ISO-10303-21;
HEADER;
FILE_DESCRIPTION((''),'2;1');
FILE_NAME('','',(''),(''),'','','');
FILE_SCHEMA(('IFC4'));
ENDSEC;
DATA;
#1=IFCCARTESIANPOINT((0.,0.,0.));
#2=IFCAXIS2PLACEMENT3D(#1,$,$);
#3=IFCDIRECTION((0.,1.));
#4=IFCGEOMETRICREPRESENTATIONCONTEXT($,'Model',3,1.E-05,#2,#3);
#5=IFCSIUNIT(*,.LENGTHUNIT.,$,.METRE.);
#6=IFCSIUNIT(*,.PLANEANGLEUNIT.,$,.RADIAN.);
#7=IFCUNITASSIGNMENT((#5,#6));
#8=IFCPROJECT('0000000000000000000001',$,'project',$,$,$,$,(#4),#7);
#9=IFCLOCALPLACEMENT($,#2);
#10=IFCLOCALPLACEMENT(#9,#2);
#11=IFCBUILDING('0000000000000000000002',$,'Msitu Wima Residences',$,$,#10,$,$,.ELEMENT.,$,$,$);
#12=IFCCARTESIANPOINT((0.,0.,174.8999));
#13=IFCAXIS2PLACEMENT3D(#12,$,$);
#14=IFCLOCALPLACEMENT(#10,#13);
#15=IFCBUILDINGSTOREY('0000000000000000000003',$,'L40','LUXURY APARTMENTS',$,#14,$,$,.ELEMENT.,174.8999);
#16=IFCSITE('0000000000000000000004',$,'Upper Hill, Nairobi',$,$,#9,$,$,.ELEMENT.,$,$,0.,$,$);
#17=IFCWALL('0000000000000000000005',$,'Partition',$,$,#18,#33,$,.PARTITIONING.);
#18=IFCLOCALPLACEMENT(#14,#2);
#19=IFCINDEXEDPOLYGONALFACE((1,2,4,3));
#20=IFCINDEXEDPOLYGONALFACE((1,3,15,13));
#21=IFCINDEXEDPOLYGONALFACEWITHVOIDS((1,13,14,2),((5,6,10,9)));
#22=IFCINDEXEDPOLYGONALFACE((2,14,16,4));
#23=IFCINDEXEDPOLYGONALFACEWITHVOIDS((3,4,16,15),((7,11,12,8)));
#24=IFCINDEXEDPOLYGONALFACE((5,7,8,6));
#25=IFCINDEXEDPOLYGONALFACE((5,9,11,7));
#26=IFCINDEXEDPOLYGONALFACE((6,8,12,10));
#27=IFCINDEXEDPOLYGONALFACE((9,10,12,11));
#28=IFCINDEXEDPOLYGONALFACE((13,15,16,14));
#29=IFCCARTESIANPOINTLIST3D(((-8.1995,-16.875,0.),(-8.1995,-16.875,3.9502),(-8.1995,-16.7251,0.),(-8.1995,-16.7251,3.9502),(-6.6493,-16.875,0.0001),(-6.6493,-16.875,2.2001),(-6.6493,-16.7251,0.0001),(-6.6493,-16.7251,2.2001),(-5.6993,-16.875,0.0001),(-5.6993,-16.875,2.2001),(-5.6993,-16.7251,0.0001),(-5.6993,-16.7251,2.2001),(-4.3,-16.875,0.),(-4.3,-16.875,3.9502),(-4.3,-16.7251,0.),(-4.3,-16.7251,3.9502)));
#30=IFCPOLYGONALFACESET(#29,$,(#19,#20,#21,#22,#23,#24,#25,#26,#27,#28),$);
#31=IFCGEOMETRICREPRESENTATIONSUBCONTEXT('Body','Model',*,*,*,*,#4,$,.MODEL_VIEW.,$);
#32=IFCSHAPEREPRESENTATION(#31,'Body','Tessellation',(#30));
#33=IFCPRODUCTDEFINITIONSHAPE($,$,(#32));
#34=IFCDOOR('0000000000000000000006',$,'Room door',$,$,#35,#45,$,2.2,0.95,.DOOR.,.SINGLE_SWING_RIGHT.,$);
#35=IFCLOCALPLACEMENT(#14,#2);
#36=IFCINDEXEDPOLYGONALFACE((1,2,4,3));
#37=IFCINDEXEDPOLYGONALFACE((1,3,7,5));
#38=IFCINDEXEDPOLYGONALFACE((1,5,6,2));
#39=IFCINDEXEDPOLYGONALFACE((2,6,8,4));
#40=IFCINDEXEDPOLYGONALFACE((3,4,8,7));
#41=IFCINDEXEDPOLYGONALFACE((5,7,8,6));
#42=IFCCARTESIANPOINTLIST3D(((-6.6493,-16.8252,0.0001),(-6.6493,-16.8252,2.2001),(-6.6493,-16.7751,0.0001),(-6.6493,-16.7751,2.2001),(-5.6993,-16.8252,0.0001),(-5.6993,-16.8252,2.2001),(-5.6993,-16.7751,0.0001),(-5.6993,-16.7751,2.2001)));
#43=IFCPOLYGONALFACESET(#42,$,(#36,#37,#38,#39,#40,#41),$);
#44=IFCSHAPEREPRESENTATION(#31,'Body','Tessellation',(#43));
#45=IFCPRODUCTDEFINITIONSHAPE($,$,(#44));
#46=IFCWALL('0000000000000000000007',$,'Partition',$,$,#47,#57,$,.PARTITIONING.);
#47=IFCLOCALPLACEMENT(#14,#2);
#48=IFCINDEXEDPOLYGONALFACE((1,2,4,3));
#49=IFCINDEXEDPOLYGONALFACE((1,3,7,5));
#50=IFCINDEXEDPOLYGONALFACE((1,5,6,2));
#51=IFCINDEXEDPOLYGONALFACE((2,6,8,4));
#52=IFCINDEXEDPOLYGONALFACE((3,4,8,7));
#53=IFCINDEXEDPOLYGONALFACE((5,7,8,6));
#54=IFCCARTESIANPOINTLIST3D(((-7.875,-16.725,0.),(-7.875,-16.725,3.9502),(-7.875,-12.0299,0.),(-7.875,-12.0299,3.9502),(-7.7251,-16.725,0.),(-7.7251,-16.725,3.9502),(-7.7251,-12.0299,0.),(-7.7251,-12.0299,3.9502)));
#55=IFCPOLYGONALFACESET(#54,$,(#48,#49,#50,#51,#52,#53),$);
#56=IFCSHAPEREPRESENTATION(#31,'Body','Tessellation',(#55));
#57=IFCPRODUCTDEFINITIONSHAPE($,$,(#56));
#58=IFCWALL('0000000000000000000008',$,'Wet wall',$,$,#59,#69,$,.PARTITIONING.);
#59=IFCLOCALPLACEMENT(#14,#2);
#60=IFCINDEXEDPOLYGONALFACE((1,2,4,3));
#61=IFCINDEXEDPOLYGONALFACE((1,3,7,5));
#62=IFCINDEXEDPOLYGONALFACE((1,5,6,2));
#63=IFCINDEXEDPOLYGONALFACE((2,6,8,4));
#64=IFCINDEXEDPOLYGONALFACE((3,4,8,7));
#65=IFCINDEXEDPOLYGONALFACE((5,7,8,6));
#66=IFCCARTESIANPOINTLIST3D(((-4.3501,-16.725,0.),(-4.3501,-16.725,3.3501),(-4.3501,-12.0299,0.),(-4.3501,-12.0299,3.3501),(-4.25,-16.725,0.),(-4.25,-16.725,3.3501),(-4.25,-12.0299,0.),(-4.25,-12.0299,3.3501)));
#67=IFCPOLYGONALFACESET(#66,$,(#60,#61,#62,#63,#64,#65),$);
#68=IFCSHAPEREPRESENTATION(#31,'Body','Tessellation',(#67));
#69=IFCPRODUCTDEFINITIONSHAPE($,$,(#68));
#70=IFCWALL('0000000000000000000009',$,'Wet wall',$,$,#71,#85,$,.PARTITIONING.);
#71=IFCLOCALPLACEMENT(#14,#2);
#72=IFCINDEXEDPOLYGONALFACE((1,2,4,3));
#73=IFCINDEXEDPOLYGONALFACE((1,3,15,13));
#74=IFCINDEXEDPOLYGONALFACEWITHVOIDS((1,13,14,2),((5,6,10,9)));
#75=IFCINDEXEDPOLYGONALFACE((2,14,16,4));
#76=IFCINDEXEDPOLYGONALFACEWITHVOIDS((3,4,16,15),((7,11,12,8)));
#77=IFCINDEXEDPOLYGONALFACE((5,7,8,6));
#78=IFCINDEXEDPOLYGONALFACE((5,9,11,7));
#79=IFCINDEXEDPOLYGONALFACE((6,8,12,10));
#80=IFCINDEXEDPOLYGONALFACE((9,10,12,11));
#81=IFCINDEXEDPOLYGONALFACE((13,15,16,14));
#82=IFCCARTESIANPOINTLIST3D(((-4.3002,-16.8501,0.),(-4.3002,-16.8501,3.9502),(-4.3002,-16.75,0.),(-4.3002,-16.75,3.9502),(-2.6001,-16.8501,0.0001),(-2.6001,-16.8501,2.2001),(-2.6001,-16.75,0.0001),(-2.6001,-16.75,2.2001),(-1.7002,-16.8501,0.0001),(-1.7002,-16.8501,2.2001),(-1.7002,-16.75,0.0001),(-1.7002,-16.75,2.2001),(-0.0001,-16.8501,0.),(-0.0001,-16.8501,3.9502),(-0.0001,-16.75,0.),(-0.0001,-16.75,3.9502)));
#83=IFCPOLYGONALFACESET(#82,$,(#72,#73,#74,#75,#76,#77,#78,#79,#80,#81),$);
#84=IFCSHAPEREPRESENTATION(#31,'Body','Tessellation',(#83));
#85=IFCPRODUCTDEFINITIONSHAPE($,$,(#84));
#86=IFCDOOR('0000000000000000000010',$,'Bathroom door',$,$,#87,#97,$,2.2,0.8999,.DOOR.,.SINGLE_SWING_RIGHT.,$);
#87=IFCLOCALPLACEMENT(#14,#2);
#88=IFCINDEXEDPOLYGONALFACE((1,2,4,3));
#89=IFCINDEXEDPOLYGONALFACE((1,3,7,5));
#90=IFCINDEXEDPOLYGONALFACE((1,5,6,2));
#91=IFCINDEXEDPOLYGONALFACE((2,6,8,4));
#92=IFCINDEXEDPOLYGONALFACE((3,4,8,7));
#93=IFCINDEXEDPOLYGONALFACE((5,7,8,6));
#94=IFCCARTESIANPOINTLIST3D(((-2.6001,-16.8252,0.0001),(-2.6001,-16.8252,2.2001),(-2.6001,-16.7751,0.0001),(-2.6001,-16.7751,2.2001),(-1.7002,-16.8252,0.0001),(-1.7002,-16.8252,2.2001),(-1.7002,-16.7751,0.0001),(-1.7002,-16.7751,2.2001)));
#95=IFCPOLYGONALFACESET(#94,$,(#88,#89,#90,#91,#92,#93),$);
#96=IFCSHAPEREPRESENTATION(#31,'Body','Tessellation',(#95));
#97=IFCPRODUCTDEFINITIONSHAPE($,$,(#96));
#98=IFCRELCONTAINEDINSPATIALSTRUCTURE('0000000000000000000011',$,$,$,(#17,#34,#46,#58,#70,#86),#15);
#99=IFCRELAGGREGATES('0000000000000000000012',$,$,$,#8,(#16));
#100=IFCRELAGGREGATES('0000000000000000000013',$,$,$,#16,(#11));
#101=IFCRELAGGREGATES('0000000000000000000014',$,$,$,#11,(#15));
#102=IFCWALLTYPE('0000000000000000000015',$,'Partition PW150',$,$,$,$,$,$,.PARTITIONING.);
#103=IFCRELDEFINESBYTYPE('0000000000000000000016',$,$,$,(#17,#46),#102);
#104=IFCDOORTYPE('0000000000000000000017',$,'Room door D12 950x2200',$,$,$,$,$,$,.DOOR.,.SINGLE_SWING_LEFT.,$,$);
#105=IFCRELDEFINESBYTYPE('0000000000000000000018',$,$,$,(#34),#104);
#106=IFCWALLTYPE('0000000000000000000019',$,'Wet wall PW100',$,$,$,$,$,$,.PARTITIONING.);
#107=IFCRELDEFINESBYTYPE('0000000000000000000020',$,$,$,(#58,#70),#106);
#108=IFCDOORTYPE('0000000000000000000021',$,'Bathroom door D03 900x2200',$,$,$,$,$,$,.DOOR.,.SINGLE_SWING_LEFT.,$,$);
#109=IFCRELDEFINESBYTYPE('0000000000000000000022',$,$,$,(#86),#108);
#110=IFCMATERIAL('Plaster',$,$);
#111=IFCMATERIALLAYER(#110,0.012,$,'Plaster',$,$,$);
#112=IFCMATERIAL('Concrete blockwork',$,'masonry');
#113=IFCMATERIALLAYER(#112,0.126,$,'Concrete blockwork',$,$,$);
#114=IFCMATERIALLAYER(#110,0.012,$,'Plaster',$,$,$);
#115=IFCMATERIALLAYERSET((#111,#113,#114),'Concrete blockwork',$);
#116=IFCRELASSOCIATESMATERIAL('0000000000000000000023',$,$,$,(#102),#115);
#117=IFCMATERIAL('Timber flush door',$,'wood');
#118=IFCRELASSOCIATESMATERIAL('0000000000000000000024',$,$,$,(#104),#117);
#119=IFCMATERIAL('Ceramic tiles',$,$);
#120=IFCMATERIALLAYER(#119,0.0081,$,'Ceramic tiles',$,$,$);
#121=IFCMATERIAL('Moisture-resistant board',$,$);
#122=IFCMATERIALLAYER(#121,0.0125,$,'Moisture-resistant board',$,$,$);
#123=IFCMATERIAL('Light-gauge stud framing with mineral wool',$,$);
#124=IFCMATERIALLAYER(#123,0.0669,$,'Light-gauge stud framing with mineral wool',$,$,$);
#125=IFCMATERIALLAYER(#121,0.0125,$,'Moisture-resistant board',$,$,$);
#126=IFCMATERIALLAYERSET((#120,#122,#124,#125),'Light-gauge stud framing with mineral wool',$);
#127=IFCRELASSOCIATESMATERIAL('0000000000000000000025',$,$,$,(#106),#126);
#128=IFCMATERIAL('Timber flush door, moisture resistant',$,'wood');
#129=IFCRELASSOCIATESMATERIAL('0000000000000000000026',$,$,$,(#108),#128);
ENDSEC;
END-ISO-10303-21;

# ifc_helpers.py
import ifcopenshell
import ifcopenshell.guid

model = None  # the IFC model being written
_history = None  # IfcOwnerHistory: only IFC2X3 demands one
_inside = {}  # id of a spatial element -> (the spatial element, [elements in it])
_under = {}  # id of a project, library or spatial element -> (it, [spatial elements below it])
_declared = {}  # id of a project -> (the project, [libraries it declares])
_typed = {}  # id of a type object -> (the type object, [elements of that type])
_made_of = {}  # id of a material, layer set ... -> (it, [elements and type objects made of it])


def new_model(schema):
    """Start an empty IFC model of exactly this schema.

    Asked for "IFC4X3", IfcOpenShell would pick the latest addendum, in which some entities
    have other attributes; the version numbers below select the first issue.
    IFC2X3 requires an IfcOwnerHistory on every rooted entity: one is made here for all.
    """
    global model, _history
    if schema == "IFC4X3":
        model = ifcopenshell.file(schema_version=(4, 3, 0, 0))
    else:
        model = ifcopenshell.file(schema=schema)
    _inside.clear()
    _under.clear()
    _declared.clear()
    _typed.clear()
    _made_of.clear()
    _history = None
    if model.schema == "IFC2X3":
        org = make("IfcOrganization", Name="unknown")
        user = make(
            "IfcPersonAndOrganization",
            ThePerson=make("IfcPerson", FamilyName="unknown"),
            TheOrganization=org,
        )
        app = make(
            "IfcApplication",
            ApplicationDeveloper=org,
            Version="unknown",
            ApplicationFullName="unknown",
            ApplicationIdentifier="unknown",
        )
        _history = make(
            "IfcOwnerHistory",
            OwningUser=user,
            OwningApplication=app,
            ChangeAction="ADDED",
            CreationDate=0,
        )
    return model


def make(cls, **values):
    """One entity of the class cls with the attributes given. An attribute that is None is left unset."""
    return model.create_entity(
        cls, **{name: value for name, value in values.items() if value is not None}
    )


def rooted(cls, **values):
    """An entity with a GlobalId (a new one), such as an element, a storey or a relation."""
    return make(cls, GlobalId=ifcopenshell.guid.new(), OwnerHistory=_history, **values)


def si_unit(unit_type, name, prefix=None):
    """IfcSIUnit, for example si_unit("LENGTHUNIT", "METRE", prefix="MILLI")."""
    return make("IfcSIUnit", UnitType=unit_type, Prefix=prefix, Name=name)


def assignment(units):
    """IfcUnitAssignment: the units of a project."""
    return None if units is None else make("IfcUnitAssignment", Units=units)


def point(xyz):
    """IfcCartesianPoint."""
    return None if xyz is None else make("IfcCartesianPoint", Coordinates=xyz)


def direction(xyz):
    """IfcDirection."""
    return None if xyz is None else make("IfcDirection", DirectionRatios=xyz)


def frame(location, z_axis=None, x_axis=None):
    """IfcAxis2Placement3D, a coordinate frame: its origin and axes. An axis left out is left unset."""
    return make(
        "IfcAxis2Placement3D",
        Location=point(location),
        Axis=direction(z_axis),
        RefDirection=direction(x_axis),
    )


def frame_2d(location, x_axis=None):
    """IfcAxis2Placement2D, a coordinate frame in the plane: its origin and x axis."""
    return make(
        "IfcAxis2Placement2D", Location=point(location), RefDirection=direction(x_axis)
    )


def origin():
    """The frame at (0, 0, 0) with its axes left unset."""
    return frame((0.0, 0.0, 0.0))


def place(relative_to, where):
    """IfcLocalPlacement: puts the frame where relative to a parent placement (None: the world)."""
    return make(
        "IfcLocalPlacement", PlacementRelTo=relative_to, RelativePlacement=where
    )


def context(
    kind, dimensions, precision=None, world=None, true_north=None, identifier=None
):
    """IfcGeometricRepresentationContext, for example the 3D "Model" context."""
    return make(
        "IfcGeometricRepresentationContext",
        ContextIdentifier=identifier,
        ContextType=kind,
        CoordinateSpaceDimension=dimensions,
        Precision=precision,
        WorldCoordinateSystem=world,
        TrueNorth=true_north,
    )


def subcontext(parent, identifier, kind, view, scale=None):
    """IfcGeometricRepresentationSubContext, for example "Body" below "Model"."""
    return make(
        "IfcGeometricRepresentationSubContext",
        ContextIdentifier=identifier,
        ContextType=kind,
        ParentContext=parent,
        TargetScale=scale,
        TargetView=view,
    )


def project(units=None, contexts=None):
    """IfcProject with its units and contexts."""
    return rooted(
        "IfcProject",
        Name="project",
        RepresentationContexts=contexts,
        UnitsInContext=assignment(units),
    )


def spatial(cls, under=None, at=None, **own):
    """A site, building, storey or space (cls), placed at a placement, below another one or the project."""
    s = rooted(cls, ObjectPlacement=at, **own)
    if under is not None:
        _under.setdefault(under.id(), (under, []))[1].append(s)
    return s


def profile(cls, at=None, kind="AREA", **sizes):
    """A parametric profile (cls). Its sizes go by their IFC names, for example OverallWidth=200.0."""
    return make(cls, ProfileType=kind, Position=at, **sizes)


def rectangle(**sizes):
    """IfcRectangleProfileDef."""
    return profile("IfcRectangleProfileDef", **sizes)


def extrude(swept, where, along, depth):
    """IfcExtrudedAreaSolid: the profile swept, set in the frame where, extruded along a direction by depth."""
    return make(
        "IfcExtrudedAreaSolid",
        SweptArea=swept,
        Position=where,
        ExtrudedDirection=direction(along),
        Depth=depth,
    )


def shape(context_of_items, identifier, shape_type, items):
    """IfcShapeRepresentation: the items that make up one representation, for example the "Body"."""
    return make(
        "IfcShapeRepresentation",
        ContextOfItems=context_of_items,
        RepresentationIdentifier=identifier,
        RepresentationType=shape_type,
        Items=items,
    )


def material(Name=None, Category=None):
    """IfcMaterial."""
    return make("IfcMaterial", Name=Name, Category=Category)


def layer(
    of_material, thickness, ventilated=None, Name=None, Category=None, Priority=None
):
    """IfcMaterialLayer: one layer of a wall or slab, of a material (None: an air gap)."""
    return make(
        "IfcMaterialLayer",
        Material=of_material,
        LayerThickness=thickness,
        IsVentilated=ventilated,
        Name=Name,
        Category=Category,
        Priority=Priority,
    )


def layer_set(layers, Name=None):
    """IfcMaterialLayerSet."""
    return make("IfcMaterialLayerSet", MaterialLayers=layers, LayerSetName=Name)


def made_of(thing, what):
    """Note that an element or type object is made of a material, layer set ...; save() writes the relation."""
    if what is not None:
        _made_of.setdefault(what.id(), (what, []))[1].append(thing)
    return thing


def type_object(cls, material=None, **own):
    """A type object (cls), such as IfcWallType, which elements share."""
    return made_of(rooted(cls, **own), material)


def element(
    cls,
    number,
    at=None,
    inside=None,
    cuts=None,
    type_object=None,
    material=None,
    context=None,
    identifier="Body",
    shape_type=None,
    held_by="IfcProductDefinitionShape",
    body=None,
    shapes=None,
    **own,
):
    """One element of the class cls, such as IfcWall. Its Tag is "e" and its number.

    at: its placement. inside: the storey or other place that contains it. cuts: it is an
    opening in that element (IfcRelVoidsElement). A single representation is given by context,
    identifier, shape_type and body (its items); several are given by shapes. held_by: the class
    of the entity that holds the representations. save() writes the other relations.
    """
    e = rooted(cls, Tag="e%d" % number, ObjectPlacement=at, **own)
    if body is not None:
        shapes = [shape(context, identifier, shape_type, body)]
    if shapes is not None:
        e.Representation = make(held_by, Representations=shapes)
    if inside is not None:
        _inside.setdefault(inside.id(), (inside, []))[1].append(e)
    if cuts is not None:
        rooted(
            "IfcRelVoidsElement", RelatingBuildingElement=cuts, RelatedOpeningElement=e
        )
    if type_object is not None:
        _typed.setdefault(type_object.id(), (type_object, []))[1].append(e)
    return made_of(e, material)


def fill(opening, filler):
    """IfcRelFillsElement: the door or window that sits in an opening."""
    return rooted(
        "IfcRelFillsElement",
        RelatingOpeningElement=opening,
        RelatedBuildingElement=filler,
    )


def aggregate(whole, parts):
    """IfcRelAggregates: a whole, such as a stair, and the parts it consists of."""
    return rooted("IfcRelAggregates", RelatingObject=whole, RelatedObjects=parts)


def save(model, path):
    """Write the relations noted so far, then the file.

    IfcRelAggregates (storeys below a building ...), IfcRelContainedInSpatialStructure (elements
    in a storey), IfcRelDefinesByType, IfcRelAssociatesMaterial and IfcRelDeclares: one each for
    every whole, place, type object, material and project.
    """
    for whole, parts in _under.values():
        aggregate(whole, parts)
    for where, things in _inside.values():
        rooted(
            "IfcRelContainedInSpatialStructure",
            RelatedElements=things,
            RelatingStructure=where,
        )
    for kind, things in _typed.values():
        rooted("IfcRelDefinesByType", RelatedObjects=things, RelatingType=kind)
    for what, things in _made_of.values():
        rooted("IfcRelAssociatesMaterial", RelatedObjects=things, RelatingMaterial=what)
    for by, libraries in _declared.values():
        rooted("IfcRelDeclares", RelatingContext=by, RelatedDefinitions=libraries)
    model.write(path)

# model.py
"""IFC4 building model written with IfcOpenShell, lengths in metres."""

from ifc_helpers import new_model, si_unit, direction, frame, frame_2d, origin, place, context, subcontext, project, spatial, rectangle, extrude, material, layer, layer_set, type_object, element, fill, save


model = new_model("IFC4")

# Units and contexts
model_context = context("Model", 3, precision=1e-05, world=origin(), true_north=direction((0.0, 1.0)))
body_context = subcontext(model_context, "Body", "Model", "MODEL_VIEW")
ifc_project = project(units=[si_unit("LENGTHUNIT", "METRE"), si_unit("PLANEANGLEUNIT", "RADIAN")], contexts=[model_context])

# Site, building, storey
site_placement = place(None, origin())
site = spatial("IfcSite", under=ifc_project, at=site_placement, Name="Upper Hill, Nairobi", CompositionType="ELEMENT", RefElevation=0.0)
building_placement = place(site_placement, origin())
building = spatial("IfcBuilding", under=site, at=building_placement, Name="Msitu Wima Residences", CompositionType="ELEMENT")
storey_placement = place(building_placement, frame((0.0, 0.0, 174.8999)))
storey = spatial("IfcBuildingStorey", under=building, at=storey_placement, Name="L40", Description="LUXURY APARTMENTS", CompositionType="ELEMENT", Elevation=174.8999)

# Shared definitions
ifc_material_1 = material(Name="Plaster")
ifc_layer_1 = layer(ifc_material_1, 0.012, Name="Plaster")
ifc_material_2 = material(Name="Concrete blockwork", Category="masonry")
ifc_layer_2 = layer(ifc_material_2, 0.126, Name="Concrete blockwork")
ifc_layer_3 = layer(ifc_material_1, 0.012, Name="Plaster")
ifc_layer_set_1 = layer_set([ifc_layer_1, ifc_layer_2, ifc_layer_3], Name="Concrete blockwork")
wall_type_1 = type_object("IfcWallType", Name="Partition PW150", PredefinedType="PARTITIONING", material=ifc_layer_set_1)

# Wall, opening, door
ifc_material_3 = material(Name="Timber flush door", Category="wood")
door_type_1 = type_object("IfcDoorType", Name="Room door D12 950x2200", OperationType="SINGLE_SWING_LEFT", PredefinedType="DOOR", material=ifc_material_3)
wall_1_placement = place(storey_placement, frame((-8.1995, -16.8, 0.0), z_axis=(0.0, 0.0, 1.0), x_axis=(1.0, 0.0, 0.0)))
wall_1 = element("IfcWall", 1, at=wall_1_placement, inside=storey, type_object=wall_type_1, Name="Partition", PredefinedType="PARTITIONING", context=body_context, shape_type="SweptSolid", body=[
    extrude(rectangle(XDim=3.8994, YDim=0.1499, at=frame_2d((1.9497, 0.0))), origin(), (0.0, 0.0, 1.0), 3.9502),
])
opening_1_placement = place(wall_1_placement, frame((1.55, 0.0, 0.0)))
opening_1 = element("IfcOpeningElement", 2, at=opening_1_placement, cuts=wall_1, PredefinedType="OPENING", context=body_context, shape_type="SweptSolid", body=[
    extrude(rectangle(XDim=0.95, YDim=2.2, at=frame_2d((0.4751, 1.1001))), frame((0.0, 0.085, 0.0), z_axis=(0.0, -1.0, 0.0), x_axis=(1.0, 0.0, 0.0)), (0.0, 0.0, 1.0), 0.1699),
])
door_1_placement = place(opening_1_placement, origin())
door_1 = element("IfcDoor", 3, at=door_1_placement, inside=storey, type_object=door_type_1, Name="Room door", OperationType="SINGLE_SWING_RIGHT", OverallHeight=2.2, OverallWidth=0.95, PredefinedType="DOOR", context=body_context, shape_type="SweptSolid", body=[
    extrude(rectangle(XDim=0.95, YDim=2.2, at=frame_2d((0.4751, 1.1001))), frame((0.0, 0.0249, 0.0), z_axis=(0.0, -1.0, 0.0), x_axis=(1.0, 0.0, 0.0)), (0.0, 0.0, 1.0), 0.05),
])
fill(opening_1, door_1)

# Walls
wall_2_placement = place(storey_placement, frame((-7.8, -16.7251, 0.0), z_axis=(0.0, 0.0, 1.0), x_axis=(0.0, 1.0, 0.0)))
element("IfcWall", 4, at=wall_2_placement, inside=storey, type_object=wall_type_1, Name="Partition", PredefinedType="PARTITIONING", context=body_context, shape_type="SweptSolid", body=[
    extrude(rectangle(XDim=4.6951, YDim=0.1499, at=frame_2d((2.3477, 0.0))), origin(), (0.0, 0.0, 1.0), 3.9502),
])
ifc_material_4 = material(Name="Ceramic tiles")
ifc_layer_4 = layer(ifc_material_4, 0.0081, Name="Ceramic tiles")
ifc_material_5 = material(Name="Moisture-resistant board")
ifc_layer_5 = layer(ifc_material_5, 0.0125, Name="Moisture-resistant board")
ifc_material_6 = material(Name="Light-gauge stud framing with mineral wool")
ifc_layer_6 = layer(ifc_material_6, 0.0669, Name="Light-gauge stud framing with mineral wool")
ifc_layer_7 = layer(ifc_material_5, 0.0125, Name="Moisture-resistant board")
ifc_layer_set_2 = layer_set([ifc_layer_4, ifc_layer_5, ifc_layer_6, ifc_layer_7], Name="Light-gauge stud framing with mineral wool")
wall_type_2 = type_object("IfcWallType", Name="Wet wall PW100", PredefinedType="PARTITIONING", material=ifc_layer_set_2)
wall_3_placement = place(storey_placement, frame((-4.3, -16.7251, 0.0), z_axis=(0.0, 0.0, 1.0), x_axis=(0.0, 1.0, 0.0)))
element("IfcWall", 5, at=wall_3_placement, inside=storey, type_object=wall_type_2, Name="Wet wall", PredefinedType="PARTITIONING", context=body_context, shape_type="SweptSolid", body=[
    extrude(rectangle(XDim=4.6951, YDim=0.1001, at=frame_2d((2.3477, 0.0))), origin(), (0.0, 0.0, 1.0), 3.3501),
])

# Wall, opening, door
wall_4_placement = place(storey_placement, frame((-4.3, -16.8, 0.0), z_axis=(0.0, 0.0, 1.0), x_axis=(1.0, 0.0, 0.0)))
wall_4 = element("IfcWall", 6, at=wall_4_placement, inside=storey, type_object=wall_type_2, Name="Wet wall", PredefinedType="PARTITIONING", context=body_context, shape_type="SweptSolid", body=[
    extrude(rectangle(XDim=4.3, YDim=0.1001, at=frame_2d((2.1499, 0.0))), origin(), (0.0, 0.0, 1.0), 3.9502),
])
opening_2_placement = place(wall_4_placement, frame((1.7, 0.0, 0.0)))
opening_2 = element("IfcOpeningElement", 7, at=opening_2_placement, cuts=wall_4, PredefinedType="OPENING", context=body_context, shape_type="SweptSolid", body=[
    extrude(rectangle(XDim=0.8999, YDim=2.2, at=frame_2d((0.45, 1.1001))), frame((0.0, 0.0601, 0.0), z_axis=(0.0, -1.0, 0.0), x_axis=(1.0, 0.0, 0.0)), (0.0, 0.0, 1.0), 0.1201),
])
ifc_material_7 = material(Name="Timber flush door, moisture resistant", Category="wood")
door_type_2 = type_object("IfcDoorType", Name="Bathroom door D03 900x2200", OperationType="SINGLE_SWING_LEFT", PredefinedType="DOOR", material=ifc_material_7)
door_2_placement = place(opening_2_placement, origin())
door_2 = element("IfcDoor", 8, at=door_2_placement, inside=storey, type_object=door_type_2, Name="Bathroom door", OperationType="SINGLE_SWING_RIGHT", OverallHeight=2.2, OverallWidth=0.8999, PredefinedType="DOOR", context=body_context, shape_type="SweptSolid", body=[
    extrude(rectangle(XDim=0.8999, YDim=2.2, at=frame_2d((0.45, 1.1001))), frame((0.0, 0.0249, 0.0), z_axis=(0.0, -1.0, 0.0), x_axis=(1.0, 0.0, 0.0)), (0.0, 0.0, 1.0), 0.05),
])
fill(opening_2, door_2)

save(model, "model.ifc")
